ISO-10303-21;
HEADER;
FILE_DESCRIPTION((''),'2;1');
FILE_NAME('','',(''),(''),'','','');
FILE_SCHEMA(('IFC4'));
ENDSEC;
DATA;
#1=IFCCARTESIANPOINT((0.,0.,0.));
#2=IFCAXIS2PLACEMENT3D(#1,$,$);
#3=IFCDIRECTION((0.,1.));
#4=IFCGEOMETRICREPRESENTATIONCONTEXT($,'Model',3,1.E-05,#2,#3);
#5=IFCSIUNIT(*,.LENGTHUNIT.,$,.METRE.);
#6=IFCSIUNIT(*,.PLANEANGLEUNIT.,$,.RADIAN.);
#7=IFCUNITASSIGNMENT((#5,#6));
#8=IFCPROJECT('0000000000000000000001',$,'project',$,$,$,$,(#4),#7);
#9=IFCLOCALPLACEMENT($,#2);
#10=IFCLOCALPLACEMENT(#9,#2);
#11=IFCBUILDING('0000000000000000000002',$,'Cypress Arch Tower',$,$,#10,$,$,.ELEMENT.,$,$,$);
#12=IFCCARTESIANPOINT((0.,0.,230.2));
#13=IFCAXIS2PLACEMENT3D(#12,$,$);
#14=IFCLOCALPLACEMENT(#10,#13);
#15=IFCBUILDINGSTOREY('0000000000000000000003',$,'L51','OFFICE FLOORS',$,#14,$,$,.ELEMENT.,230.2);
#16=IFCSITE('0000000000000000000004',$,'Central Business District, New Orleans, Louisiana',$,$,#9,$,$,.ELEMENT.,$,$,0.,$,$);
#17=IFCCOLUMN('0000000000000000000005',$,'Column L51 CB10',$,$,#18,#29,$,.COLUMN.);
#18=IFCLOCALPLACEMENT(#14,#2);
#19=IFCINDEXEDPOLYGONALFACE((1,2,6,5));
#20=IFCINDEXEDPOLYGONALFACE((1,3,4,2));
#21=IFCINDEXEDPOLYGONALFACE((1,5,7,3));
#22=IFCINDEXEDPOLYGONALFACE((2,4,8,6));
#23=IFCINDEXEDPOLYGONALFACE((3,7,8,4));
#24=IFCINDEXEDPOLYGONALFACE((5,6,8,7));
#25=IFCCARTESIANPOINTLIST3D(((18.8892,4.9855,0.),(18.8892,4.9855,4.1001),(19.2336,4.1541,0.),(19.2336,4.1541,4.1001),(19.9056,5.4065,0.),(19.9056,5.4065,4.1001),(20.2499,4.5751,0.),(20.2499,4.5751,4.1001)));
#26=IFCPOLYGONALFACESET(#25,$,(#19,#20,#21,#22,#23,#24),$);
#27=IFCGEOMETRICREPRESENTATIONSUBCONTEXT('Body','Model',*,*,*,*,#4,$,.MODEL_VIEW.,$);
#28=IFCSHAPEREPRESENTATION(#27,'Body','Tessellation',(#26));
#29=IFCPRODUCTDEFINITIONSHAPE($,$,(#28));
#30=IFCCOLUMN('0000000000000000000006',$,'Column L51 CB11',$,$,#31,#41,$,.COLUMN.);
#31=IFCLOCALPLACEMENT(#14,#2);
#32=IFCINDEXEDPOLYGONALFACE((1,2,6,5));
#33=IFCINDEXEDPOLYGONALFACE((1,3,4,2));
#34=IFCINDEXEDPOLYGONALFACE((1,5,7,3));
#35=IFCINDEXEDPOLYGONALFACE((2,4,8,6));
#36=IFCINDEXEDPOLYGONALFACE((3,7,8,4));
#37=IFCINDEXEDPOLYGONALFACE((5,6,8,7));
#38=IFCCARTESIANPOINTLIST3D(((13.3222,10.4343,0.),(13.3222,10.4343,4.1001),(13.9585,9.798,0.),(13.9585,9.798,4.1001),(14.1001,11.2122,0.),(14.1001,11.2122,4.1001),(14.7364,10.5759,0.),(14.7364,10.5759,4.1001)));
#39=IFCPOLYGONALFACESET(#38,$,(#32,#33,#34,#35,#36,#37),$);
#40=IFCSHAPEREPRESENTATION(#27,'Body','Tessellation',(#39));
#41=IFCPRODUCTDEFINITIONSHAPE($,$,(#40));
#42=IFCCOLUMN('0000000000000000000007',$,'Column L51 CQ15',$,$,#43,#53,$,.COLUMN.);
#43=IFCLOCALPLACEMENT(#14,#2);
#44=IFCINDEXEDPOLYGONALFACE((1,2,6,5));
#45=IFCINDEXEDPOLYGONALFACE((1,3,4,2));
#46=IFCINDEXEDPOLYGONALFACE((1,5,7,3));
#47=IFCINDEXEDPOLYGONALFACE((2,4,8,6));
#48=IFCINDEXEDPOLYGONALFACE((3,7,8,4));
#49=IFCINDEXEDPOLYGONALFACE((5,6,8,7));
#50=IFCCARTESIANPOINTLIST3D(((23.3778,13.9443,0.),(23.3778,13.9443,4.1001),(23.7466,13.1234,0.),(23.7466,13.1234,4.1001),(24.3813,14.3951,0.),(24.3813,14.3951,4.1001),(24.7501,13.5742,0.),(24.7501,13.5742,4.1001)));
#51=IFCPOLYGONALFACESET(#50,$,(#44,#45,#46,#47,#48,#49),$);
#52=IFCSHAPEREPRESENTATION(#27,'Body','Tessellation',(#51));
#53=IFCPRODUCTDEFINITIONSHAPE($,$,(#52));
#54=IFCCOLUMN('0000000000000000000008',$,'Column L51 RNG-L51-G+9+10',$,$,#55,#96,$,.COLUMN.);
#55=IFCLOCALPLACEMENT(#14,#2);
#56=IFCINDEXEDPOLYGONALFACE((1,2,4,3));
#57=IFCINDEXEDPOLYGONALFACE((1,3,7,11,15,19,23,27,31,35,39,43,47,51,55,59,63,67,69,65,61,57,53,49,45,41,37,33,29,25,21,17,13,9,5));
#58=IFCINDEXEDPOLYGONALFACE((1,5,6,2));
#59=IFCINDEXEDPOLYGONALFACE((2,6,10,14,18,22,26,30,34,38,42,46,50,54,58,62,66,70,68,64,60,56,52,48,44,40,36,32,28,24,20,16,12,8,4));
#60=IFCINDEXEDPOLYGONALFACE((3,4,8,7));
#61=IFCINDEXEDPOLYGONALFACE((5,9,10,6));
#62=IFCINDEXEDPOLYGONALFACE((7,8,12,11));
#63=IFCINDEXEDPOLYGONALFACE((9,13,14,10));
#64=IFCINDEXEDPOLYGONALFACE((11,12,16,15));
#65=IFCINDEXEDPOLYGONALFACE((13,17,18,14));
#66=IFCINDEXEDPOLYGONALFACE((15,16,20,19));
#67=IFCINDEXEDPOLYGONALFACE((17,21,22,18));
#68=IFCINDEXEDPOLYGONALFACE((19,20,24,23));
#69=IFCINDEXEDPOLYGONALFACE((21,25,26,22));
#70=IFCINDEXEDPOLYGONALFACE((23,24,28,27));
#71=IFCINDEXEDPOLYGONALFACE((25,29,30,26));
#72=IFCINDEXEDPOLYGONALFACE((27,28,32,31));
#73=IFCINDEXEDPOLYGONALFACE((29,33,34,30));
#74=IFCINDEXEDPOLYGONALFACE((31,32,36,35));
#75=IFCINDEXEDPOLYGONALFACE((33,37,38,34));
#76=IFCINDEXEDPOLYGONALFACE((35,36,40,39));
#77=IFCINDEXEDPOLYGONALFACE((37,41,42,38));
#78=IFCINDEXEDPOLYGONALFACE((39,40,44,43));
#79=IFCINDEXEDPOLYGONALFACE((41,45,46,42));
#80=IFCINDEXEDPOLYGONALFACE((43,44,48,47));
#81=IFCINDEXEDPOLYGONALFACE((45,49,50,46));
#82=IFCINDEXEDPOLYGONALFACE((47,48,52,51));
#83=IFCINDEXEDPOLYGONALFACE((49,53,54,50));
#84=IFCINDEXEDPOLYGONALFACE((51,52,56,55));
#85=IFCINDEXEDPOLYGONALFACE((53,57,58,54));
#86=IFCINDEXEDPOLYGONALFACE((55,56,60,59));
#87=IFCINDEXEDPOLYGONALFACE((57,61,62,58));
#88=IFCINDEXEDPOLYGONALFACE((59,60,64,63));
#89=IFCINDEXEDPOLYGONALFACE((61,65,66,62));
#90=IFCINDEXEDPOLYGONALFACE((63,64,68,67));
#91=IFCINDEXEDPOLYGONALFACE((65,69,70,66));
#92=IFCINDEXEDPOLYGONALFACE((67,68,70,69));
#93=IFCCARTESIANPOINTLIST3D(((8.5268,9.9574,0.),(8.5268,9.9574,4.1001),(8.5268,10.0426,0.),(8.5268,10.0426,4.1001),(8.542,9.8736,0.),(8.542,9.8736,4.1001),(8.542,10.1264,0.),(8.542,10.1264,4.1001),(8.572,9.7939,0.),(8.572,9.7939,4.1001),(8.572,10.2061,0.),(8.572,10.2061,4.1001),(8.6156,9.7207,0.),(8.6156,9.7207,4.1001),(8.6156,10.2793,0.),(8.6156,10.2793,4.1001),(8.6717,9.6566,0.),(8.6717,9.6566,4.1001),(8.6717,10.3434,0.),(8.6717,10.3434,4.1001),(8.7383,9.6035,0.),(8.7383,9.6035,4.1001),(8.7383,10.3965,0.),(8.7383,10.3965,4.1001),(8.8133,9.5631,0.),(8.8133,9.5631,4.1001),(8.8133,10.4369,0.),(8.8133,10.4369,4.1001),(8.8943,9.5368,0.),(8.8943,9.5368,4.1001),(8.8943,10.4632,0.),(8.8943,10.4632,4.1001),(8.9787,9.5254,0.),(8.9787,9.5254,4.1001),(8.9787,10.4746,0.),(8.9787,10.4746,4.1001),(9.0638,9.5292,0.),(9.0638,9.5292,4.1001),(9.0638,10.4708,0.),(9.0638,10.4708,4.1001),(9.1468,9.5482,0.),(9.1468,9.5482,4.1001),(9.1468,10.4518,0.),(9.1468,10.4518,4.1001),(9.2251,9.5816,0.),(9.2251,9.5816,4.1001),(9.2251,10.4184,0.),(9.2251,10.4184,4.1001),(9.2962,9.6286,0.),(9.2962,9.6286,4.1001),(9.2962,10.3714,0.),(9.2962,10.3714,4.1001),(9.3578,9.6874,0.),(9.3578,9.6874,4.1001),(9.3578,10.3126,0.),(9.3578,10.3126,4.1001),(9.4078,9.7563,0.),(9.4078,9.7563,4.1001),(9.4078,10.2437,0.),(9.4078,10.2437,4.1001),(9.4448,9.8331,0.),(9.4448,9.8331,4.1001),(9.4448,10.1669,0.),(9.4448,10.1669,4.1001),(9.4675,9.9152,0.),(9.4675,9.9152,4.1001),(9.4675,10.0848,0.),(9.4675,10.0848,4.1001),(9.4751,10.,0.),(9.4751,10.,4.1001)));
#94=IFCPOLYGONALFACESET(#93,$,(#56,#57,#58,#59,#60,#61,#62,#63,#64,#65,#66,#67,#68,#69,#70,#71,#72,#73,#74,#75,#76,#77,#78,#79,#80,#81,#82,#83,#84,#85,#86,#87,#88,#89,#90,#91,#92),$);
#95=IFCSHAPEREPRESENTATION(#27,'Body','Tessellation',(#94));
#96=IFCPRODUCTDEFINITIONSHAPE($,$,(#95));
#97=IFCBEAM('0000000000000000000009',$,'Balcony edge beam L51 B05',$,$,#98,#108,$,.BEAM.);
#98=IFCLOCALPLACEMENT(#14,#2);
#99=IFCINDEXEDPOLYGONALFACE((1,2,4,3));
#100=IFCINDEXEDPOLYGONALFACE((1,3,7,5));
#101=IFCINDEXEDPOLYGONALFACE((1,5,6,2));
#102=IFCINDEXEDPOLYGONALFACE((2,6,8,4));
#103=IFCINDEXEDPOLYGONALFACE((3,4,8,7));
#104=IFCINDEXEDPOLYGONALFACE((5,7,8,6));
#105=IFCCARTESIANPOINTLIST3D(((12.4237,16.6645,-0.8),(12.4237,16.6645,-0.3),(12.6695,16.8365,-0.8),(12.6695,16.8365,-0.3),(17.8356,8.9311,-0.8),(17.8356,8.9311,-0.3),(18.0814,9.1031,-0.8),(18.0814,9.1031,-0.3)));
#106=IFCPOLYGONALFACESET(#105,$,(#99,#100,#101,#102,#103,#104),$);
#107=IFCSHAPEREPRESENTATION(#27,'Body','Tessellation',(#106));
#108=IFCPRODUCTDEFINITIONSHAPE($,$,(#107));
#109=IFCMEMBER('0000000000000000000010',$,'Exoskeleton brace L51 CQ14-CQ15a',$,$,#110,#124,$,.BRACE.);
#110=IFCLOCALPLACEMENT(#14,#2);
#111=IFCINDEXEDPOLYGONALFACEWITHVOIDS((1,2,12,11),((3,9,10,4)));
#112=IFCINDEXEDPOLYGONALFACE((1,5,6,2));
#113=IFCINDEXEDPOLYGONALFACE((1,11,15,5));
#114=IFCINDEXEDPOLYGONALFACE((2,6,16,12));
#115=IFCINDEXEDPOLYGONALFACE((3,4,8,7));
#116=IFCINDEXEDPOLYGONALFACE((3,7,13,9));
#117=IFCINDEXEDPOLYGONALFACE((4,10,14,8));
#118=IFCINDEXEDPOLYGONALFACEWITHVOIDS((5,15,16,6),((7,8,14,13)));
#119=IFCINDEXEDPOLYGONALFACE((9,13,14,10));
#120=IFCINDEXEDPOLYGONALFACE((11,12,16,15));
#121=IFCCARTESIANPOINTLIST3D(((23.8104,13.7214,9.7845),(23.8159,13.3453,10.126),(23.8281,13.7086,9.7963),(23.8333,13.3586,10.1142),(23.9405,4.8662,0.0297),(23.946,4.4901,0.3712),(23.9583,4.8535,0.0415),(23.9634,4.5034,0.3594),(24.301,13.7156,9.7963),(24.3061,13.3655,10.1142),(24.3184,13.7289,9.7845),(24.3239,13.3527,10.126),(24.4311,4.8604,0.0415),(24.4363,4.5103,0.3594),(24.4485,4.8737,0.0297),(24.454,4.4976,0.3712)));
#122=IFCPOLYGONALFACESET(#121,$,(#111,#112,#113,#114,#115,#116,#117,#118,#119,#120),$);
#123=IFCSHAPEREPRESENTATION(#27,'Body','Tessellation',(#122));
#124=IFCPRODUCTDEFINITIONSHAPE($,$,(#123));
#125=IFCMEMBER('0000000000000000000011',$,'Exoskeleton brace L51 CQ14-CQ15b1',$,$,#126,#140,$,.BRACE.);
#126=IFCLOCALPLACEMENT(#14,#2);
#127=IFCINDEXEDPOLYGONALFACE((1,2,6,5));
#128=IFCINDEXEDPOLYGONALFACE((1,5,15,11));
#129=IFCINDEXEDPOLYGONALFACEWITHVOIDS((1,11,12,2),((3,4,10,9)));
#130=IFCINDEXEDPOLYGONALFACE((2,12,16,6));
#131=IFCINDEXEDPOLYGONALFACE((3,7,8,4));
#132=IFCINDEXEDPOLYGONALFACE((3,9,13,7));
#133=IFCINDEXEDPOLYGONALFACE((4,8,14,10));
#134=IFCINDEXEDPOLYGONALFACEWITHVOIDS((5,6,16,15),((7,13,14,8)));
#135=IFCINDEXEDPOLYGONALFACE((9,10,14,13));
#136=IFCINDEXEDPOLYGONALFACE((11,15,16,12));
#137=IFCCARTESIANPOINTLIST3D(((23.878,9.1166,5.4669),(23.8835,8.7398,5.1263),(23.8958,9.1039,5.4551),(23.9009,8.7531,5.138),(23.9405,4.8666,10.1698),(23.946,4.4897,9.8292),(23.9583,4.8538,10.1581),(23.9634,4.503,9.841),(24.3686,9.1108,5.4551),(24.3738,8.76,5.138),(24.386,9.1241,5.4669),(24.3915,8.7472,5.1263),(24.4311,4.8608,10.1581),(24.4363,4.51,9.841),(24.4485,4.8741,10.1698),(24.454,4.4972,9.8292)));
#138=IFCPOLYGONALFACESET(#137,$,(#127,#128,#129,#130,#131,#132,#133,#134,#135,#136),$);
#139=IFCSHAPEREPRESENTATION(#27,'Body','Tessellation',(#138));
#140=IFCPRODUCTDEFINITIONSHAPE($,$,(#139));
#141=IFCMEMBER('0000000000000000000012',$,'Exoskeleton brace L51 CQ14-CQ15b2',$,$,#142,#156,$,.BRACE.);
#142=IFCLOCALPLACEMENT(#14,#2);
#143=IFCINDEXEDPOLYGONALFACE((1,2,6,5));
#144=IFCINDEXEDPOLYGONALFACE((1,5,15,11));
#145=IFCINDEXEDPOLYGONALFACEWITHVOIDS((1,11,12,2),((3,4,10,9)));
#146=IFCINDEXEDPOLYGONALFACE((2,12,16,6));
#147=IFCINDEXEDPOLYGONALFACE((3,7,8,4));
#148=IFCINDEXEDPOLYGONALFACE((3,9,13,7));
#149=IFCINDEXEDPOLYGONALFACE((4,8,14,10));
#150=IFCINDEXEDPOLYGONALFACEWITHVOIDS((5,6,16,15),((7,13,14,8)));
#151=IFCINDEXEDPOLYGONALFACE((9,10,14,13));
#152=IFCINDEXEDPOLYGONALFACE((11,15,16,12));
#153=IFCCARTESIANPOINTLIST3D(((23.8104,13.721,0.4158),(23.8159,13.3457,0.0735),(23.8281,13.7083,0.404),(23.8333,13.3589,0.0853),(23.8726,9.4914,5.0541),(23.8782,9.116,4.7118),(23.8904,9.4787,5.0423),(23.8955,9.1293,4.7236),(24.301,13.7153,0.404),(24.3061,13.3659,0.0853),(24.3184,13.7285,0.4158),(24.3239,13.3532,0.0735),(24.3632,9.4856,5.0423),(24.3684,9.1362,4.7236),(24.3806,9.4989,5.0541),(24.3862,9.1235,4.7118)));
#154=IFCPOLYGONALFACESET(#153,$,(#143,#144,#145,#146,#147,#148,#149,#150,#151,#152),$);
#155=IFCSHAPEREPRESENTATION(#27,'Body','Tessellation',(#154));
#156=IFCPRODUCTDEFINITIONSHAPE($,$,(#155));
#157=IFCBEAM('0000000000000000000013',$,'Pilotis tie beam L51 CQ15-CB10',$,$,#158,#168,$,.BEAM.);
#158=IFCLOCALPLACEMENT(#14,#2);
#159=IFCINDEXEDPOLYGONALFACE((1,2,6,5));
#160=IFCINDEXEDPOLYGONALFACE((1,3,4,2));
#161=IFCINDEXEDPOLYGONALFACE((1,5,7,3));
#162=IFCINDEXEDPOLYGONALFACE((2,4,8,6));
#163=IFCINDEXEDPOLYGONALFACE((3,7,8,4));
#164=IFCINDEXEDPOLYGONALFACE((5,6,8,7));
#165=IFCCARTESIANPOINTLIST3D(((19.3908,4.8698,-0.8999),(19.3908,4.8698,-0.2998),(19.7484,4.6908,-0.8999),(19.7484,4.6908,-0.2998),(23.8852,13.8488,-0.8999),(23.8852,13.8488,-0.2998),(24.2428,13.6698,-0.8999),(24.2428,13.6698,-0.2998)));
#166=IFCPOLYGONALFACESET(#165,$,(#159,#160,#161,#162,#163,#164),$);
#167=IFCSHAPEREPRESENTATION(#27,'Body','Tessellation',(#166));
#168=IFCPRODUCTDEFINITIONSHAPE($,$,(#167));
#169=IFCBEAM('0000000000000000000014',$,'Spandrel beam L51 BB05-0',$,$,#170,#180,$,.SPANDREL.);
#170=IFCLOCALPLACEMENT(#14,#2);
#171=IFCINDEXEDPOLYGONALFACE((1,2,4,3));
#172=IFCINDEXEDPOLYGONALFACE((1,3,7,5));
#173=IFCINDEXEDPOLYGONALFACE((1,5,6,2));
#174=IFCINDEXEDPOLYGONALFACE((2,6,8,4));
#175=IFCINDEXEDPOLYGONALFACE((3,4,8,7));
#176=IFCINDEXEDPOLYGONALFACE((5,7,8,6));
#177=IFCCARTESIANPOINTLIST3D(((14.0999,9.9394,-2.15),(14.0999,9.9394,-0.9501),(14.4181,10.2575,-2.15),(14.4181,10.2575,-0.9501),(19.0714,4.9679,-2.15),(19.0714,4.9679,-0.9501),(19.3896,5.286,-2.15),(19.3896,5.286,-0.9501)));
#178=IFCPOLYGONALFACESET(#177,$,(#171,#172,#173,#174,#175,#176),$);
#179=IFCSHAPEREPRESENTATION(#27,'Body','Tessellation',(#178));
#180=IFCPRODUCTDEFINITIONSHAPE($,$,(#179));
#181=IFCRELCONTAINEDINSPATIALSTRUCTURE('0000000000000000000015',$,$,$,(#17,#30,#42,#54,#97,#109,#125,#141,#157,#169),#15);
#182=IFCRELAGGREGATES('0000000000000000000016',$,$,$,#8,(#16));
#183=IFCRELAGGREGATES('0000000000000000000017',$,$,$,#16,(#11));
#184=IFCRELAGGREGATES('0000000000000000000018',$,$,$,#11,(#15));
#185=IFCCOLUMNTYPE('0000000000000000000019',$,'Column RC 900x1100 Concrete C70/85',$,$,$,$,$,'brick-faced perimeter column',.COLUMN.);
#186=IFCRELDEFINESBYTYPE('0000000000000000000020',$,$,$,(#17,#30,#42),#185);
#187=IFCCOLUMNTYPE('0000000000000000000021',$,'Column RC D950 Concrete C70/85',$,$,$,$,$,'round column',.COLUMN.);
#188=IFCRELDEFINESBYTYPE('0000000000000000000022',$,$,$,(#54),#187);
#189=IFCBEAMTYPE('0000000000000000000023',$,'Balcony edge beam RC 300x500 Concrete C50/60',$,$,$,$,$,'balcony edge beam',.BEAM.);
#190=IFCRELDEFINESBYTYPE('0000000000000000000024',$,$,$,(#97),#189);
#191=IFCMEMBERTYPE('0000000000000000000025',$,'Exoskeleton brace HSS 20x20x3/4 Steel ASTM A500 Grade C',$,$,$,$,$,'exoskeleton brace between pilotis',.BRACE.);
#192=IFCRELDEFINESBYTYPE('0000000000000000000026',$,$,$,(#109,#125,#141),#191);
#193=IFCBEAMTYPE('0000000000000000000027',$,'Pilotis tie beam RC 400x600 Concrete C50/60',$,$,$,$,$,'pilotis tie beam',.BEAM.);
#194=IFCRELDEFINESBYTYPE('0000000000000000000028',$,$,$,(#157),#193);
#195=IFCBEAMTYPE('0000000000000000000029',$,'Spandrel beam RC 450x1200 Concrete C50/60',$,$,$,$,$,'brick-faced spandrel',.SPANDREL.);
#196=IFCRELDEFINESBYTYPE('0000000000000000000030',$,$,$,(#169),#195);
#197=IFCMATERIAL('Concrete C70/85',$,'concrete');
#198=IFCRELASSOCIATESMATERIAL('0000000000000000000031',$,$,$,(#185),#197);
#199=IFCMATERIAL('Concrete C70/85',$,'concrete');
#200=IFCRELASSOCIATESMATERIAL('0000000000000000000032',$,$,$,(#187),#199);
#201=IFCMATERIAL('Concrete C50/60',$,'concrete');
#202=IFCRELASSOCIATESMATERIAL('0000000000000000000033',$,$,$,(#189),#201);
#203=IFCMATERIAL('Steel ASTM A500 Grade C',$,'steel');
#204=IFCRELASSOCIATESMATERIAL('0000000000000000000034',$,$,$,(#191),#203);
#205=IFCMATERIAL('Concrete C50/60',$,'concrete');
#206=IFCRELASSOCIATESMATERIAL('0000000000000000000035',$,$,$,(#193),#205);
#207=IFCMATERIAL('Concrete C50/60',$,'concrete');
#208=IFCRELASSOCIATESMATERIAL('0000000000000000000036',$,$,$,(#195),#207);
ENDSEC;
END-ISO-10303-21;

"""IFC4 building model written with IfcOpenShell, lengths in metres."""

from ifc_helpers import new_model, si_unit, direction, frame, origin, origin_2d, place, context, subcontext, project, spatial, rectangle, hollow_rectangle, circle, extrude, material, material_profile, profile_set, type_object, element, save


model = new_model("IFC4")

# Units and contexts
model_context = context("Model", 3, precision=1e-05, world=origin(), true_north=direction((0.0, 1.0)))
body_context = subcontext(model_context, "Body", "Model", "MODEL_VIEW")
ifc_project = project(units=[si_unit("LENGTHUNIT", "METRE"), si_unit("PLANEANGLEUNIT", "RADIAN")], contexts=[model_context])

# Site, building, storey
site_placement = place(None, origin())
site = spatial("IfcSite", under=ifc_project, at=site_placement, Name="Central Business District, New Orleans, Louisiana", CompositionType="ELEMENT", RefElevation=0.0)
building_placement = place(site_placement, origin())
building = spatial("IfcBuilding", under=site, at=building_placement, Name="Cypress Arch Tower", CompositionType="ELEMENT")
storey_placement = place(building_placement, frame((0.0, 0.0, 230.2)))
storey = spatial("IfcBuildingStorey", under=building, at=storey_placement, Name="L51", Description="OFFICE FLOORS", CompositionType="ELEMENT", Elevation=230.2)

# Columns
ifc_material_1 = material(Name="Concrete C70/85", Category="concrete")
ifc_material_profile_1 = material_profile(ifc_material_1, rectangle(XDim=0.8999, YDim=1.1001, at=origin_2d()), Name="RC 900x1100")
ifc_profile_set_1 = profile_set([ifc_material_profile_1], Name="Concrete C70/85")
column_type_1 = type_object("IfcColumnType", Name="Column RC 900x1100 Concrete C70/85", ElementType="brick-faced perimeter column", PredefinedType="COLUMN", material=ifc_profile_set_1)
for number, where, z_axis, x_axis, name in (
    (1, (19.5696, 4.7803, 0.0), (0.0, 0.0, 1.0), (-0.382683, 0.92388, 0.0), "Column L51 CB10"),
    (2, (14.0293, 10.5051, 0.0), (0.0, 0.0, 1.0), (-0.707107, 0.707107, 0.0), "Column L51 CB11"),
    (3, (24.064, 13.7593, 0.0), (0.0, 0.0, 1.0), (-0.409765, 0.912191, 0.0), "Column L51 CQ15"),
):
    element("IfcColumn", number, at=place(storey_placement, frame(where, z_axis=z_axis, x_axis=x_axis)), inside=storey, type_object=column_type_1, Name=name, PredefinedType="COLUMN", context=body_context, shape_type="SweptSolid", body=[
        extrude(rectangle(XDim=0.8999, YDim=1.1001, at=origin_2d()), origin(), (0.0, 0.0, 1.0), 4.1001),
    ])
ifc_material_2 = material(Name="Concrete C70/85", Category="concrete")
ifc_material_profile_2 = material_profile(ifc_material_2, circle(Radius=0.4751, at=origin_2d()), Name="RC D950")
ifc_profile_set_2 = profile_set([ifc_material_profile_2], Name="Concrete C70/85")
column_type_2 = type_object("IfcColumnType", Name="Column RC D950 Concrete C70/85", ElementType="round column", PredefinedType="COLUMN", material=ifc_profile_set_2)
column_placement = place(storey_placement, frame((9.0, 10.0, 0.0), z_axis=(0.0, 0.0, 1.0), x_axis=(1.0, 0.0, 0.0)))
element("IfcColumn", 4, at=column_placement, inside=storey, type_object=column_type_2, Name="Column L51 RNG-L51-G+9+10", PredefinedType="COLUMN", context=body_context, shape_type="SweptSolid", body=[
    extrude(circle(Radius=0.4751, at=origin_2d()), origin(), (0.0, 0.0, 1.0), 4.1001),
])

# Beam
ifc_material_3 = material(Name="Concrete C50/60", Category="concrete")
ifc_material_profile_3 = material_profile(ifc_material_3, rectangle(XDim=0.3, YDim=0.5, at=origin_2d()), Name="RC 300x500")
ifc_profile_set_3 = profile_set([ifc_material_profile_3], Name="Concrete C50/60")
beam_type_1 = type_object("IfcBeamType", Name="Balcony edge beam RC 300x500 Concrete C50/60", ElementType="balcony edge beam", PredefinedType="BEAM", material=ifc_profile_set_3)
beam_1_placement = place(storey_placement, frame((17.9585, 9.0171, -0.55), z_axis=(-0.573355, 0.819307, 0.0), x_axis=(-0.819307, -0.573355, 0.0)))
element("IfcBeam", 5, at=beam_1_placement, inside=storey, type_object=beam_type_1, Name="Balcony edge beam L51 B05", PredefinedType="BEAM", context=body_context, shape_type="SweptSolid", body=[
    extrude(rectangle(XDim=0.3, YDim=0.5, at=origin_2d()), origin(), (0.0, 0.0, 1.0), 9.439),
])

# Members
ifc_material_4 = material(Name="Steel ASTM A500 Grade C", Category="steel")
ifc_material_profile_4 = material_profile(ifc_material_4, hollow_rectangle(XDim=0.5081, YDim=0.5081, WallThickness=0.0176, at=origin_2d()), Name="HSS 20x20x3/4")
ifc_profile_set_4 = profile_set([ifc_material_profile_4], Name="Steel ASTM A500 Grade C")
member_type = type_object("IfcMemberType", Name="Exoskeleton brace HSS 20x20x3/4 Steel ASTM A500 Grade C", ElementType="exoskeleton brace between pilotis", PredefinedType="BRACE", material=ifc_profile_set_4)
member_1_placement = place(storey_placement, frame((24.1973, 4.6819, 0.2004), z_axis=(-0.009877, 0.672106, 0.740389), x_axis=(-0.999892, -0.014693, 0.0)))
element("IfcMember", 6, at=member_1_placement, inside=storey, type_object=member_type, Name="Exoskeleton brace L51 CQ14-CQ15a", PredefinedType="BRACE", context=body_context, shape_type="SweptSolid", body=[
    extrude(hollow_rectangle(XDim=0.5081, YDim=0.5081, WallThickness=0.0176, at=origin_2d()), origin(), (0.0, 0.0, 1.0), 13.1753),
])
member_2_placement = place(storey_placement, frame((24.1973, 4.6819, 9.9995), z_axis=(-0.00986, 0.670448, -0.741891), x_axis=(-0.999892, -0.014704, 0.0)))
element("IfcMember", 7, at=member_2_placement, inside=storey, type_object=member_type, Name="Exoskeleton brace L51 CQ14-CQ15b1", PredefinedType="BRACE", context=body_context, shape_type="SweptSolid", body=[
    extrude(hollow_rectangle(XDim=0.5081, YDim=0.5081, WallThickness=0.0176, at=origin_2d()), origin(), (0.0, 0.0, 1.0), 6.3391),
])
member_3_placement = place(storey_placement, frame((24.0671, 13.5371, 0.2446), z_axis=(0.009917, -0.673771, 0.738873), x_axis=(0.999892, 0.014717, 0.0)))
element("IfcMember", 8, at=member_3_placement, inside=storey, type_object=member_type, Name="Exoskeleton brace L51 CQ14-CQ15b2", PredefinedType="BRACE", context=body_context, shape_type="SweptSolid", body=[
    extrude(hollow_rectangle(XDim=0.5081, YDim=0.5081, WallThickness=0.0176, at=origin_2d()), origin(), (0.0, 0.0, 1.0), 6.2776),
])

# Beams
ifc_material_5 = material(Name="Concrete C50/60", Category="concrete")
ifc_material_profile_5 = material_profile(ifc_material_5, rectangle(XDim=0.3999, YDim=0.6001, at=origin_2d()), Name="RC 400x600")
ifc_profile_set_5 = profile_set([ifc_material_profile_5], Name="Concrete C50/60")
beam_type_2 = type_object("IfcBeamType", Name="Pilotis tie beam RC 400x600 Concrete C50/60", ElementType="pilotis tie beam", PredefinedType="BEAM", material=ifc_profile_set_5)
beam_2_placement = place(storey_placement, frame((24.064, 13.7593, -0.5999), z_axis=(-0.447603, -0.894233, 0.0), x_axis=(0.894233, -0.447603, 0.0)))
element("IfcBeam", 9, at=beam_2_placement, inside=storey, type_object=beam_type_2, Name="Pilotis tie beam L51 CQ15-CB10", PredefinedType="BEAM", context=body_context, shape_type="SweptSolid", body=[
    extrude(rectangle(XDim=0.3999, YDim=0.6001, at=origin_2d()), origin(), (0.0, 0.0, 1.0), 10.041),
])
ifc_material_6 = material(Name="Concrete C50/60", Category="concrete")
ifc_material_profile_6 = material_profile(ifc_material_6, rectangle(XDim=0.45, YDim=1.2, at=origin_2d()), Name="RC 450x1200")
ifc_profile_set_6 = profile_set([ifc_material_profile_6], Name="Concrete C50/60")
beam_type_3 = type_object("IfcBeamType", Name="Spandrel beam RC 450x1200 Concrete C50/60", ElementType="brick-faced spandrel", PredefinedType="SPANDREL", material=ifc_profile_set_6)
beam_3_placement = place(storey_placement, frame((19.2305, 5.127, -1.55), z_axis=(-0.707107, 0.707107, 0.0), x_axis=(-0.707107, -0.707107, 0.0)))
element("IfcBeam", 10, at=beam_3_placement, inside=storey, type_object=beam_type_3, Name="Spandrel beam L51 BB05-0", PredefinedType="SPANDREL", context=body_context, shape_type="SweptSolid", body=[
    extrude(rectangle(XDim=0.45, YDim=1.2, at=origin_2d()), origin(), (0.0, 0.0, 1.0), 7.0308),
])

save(model, "model.ifc")
